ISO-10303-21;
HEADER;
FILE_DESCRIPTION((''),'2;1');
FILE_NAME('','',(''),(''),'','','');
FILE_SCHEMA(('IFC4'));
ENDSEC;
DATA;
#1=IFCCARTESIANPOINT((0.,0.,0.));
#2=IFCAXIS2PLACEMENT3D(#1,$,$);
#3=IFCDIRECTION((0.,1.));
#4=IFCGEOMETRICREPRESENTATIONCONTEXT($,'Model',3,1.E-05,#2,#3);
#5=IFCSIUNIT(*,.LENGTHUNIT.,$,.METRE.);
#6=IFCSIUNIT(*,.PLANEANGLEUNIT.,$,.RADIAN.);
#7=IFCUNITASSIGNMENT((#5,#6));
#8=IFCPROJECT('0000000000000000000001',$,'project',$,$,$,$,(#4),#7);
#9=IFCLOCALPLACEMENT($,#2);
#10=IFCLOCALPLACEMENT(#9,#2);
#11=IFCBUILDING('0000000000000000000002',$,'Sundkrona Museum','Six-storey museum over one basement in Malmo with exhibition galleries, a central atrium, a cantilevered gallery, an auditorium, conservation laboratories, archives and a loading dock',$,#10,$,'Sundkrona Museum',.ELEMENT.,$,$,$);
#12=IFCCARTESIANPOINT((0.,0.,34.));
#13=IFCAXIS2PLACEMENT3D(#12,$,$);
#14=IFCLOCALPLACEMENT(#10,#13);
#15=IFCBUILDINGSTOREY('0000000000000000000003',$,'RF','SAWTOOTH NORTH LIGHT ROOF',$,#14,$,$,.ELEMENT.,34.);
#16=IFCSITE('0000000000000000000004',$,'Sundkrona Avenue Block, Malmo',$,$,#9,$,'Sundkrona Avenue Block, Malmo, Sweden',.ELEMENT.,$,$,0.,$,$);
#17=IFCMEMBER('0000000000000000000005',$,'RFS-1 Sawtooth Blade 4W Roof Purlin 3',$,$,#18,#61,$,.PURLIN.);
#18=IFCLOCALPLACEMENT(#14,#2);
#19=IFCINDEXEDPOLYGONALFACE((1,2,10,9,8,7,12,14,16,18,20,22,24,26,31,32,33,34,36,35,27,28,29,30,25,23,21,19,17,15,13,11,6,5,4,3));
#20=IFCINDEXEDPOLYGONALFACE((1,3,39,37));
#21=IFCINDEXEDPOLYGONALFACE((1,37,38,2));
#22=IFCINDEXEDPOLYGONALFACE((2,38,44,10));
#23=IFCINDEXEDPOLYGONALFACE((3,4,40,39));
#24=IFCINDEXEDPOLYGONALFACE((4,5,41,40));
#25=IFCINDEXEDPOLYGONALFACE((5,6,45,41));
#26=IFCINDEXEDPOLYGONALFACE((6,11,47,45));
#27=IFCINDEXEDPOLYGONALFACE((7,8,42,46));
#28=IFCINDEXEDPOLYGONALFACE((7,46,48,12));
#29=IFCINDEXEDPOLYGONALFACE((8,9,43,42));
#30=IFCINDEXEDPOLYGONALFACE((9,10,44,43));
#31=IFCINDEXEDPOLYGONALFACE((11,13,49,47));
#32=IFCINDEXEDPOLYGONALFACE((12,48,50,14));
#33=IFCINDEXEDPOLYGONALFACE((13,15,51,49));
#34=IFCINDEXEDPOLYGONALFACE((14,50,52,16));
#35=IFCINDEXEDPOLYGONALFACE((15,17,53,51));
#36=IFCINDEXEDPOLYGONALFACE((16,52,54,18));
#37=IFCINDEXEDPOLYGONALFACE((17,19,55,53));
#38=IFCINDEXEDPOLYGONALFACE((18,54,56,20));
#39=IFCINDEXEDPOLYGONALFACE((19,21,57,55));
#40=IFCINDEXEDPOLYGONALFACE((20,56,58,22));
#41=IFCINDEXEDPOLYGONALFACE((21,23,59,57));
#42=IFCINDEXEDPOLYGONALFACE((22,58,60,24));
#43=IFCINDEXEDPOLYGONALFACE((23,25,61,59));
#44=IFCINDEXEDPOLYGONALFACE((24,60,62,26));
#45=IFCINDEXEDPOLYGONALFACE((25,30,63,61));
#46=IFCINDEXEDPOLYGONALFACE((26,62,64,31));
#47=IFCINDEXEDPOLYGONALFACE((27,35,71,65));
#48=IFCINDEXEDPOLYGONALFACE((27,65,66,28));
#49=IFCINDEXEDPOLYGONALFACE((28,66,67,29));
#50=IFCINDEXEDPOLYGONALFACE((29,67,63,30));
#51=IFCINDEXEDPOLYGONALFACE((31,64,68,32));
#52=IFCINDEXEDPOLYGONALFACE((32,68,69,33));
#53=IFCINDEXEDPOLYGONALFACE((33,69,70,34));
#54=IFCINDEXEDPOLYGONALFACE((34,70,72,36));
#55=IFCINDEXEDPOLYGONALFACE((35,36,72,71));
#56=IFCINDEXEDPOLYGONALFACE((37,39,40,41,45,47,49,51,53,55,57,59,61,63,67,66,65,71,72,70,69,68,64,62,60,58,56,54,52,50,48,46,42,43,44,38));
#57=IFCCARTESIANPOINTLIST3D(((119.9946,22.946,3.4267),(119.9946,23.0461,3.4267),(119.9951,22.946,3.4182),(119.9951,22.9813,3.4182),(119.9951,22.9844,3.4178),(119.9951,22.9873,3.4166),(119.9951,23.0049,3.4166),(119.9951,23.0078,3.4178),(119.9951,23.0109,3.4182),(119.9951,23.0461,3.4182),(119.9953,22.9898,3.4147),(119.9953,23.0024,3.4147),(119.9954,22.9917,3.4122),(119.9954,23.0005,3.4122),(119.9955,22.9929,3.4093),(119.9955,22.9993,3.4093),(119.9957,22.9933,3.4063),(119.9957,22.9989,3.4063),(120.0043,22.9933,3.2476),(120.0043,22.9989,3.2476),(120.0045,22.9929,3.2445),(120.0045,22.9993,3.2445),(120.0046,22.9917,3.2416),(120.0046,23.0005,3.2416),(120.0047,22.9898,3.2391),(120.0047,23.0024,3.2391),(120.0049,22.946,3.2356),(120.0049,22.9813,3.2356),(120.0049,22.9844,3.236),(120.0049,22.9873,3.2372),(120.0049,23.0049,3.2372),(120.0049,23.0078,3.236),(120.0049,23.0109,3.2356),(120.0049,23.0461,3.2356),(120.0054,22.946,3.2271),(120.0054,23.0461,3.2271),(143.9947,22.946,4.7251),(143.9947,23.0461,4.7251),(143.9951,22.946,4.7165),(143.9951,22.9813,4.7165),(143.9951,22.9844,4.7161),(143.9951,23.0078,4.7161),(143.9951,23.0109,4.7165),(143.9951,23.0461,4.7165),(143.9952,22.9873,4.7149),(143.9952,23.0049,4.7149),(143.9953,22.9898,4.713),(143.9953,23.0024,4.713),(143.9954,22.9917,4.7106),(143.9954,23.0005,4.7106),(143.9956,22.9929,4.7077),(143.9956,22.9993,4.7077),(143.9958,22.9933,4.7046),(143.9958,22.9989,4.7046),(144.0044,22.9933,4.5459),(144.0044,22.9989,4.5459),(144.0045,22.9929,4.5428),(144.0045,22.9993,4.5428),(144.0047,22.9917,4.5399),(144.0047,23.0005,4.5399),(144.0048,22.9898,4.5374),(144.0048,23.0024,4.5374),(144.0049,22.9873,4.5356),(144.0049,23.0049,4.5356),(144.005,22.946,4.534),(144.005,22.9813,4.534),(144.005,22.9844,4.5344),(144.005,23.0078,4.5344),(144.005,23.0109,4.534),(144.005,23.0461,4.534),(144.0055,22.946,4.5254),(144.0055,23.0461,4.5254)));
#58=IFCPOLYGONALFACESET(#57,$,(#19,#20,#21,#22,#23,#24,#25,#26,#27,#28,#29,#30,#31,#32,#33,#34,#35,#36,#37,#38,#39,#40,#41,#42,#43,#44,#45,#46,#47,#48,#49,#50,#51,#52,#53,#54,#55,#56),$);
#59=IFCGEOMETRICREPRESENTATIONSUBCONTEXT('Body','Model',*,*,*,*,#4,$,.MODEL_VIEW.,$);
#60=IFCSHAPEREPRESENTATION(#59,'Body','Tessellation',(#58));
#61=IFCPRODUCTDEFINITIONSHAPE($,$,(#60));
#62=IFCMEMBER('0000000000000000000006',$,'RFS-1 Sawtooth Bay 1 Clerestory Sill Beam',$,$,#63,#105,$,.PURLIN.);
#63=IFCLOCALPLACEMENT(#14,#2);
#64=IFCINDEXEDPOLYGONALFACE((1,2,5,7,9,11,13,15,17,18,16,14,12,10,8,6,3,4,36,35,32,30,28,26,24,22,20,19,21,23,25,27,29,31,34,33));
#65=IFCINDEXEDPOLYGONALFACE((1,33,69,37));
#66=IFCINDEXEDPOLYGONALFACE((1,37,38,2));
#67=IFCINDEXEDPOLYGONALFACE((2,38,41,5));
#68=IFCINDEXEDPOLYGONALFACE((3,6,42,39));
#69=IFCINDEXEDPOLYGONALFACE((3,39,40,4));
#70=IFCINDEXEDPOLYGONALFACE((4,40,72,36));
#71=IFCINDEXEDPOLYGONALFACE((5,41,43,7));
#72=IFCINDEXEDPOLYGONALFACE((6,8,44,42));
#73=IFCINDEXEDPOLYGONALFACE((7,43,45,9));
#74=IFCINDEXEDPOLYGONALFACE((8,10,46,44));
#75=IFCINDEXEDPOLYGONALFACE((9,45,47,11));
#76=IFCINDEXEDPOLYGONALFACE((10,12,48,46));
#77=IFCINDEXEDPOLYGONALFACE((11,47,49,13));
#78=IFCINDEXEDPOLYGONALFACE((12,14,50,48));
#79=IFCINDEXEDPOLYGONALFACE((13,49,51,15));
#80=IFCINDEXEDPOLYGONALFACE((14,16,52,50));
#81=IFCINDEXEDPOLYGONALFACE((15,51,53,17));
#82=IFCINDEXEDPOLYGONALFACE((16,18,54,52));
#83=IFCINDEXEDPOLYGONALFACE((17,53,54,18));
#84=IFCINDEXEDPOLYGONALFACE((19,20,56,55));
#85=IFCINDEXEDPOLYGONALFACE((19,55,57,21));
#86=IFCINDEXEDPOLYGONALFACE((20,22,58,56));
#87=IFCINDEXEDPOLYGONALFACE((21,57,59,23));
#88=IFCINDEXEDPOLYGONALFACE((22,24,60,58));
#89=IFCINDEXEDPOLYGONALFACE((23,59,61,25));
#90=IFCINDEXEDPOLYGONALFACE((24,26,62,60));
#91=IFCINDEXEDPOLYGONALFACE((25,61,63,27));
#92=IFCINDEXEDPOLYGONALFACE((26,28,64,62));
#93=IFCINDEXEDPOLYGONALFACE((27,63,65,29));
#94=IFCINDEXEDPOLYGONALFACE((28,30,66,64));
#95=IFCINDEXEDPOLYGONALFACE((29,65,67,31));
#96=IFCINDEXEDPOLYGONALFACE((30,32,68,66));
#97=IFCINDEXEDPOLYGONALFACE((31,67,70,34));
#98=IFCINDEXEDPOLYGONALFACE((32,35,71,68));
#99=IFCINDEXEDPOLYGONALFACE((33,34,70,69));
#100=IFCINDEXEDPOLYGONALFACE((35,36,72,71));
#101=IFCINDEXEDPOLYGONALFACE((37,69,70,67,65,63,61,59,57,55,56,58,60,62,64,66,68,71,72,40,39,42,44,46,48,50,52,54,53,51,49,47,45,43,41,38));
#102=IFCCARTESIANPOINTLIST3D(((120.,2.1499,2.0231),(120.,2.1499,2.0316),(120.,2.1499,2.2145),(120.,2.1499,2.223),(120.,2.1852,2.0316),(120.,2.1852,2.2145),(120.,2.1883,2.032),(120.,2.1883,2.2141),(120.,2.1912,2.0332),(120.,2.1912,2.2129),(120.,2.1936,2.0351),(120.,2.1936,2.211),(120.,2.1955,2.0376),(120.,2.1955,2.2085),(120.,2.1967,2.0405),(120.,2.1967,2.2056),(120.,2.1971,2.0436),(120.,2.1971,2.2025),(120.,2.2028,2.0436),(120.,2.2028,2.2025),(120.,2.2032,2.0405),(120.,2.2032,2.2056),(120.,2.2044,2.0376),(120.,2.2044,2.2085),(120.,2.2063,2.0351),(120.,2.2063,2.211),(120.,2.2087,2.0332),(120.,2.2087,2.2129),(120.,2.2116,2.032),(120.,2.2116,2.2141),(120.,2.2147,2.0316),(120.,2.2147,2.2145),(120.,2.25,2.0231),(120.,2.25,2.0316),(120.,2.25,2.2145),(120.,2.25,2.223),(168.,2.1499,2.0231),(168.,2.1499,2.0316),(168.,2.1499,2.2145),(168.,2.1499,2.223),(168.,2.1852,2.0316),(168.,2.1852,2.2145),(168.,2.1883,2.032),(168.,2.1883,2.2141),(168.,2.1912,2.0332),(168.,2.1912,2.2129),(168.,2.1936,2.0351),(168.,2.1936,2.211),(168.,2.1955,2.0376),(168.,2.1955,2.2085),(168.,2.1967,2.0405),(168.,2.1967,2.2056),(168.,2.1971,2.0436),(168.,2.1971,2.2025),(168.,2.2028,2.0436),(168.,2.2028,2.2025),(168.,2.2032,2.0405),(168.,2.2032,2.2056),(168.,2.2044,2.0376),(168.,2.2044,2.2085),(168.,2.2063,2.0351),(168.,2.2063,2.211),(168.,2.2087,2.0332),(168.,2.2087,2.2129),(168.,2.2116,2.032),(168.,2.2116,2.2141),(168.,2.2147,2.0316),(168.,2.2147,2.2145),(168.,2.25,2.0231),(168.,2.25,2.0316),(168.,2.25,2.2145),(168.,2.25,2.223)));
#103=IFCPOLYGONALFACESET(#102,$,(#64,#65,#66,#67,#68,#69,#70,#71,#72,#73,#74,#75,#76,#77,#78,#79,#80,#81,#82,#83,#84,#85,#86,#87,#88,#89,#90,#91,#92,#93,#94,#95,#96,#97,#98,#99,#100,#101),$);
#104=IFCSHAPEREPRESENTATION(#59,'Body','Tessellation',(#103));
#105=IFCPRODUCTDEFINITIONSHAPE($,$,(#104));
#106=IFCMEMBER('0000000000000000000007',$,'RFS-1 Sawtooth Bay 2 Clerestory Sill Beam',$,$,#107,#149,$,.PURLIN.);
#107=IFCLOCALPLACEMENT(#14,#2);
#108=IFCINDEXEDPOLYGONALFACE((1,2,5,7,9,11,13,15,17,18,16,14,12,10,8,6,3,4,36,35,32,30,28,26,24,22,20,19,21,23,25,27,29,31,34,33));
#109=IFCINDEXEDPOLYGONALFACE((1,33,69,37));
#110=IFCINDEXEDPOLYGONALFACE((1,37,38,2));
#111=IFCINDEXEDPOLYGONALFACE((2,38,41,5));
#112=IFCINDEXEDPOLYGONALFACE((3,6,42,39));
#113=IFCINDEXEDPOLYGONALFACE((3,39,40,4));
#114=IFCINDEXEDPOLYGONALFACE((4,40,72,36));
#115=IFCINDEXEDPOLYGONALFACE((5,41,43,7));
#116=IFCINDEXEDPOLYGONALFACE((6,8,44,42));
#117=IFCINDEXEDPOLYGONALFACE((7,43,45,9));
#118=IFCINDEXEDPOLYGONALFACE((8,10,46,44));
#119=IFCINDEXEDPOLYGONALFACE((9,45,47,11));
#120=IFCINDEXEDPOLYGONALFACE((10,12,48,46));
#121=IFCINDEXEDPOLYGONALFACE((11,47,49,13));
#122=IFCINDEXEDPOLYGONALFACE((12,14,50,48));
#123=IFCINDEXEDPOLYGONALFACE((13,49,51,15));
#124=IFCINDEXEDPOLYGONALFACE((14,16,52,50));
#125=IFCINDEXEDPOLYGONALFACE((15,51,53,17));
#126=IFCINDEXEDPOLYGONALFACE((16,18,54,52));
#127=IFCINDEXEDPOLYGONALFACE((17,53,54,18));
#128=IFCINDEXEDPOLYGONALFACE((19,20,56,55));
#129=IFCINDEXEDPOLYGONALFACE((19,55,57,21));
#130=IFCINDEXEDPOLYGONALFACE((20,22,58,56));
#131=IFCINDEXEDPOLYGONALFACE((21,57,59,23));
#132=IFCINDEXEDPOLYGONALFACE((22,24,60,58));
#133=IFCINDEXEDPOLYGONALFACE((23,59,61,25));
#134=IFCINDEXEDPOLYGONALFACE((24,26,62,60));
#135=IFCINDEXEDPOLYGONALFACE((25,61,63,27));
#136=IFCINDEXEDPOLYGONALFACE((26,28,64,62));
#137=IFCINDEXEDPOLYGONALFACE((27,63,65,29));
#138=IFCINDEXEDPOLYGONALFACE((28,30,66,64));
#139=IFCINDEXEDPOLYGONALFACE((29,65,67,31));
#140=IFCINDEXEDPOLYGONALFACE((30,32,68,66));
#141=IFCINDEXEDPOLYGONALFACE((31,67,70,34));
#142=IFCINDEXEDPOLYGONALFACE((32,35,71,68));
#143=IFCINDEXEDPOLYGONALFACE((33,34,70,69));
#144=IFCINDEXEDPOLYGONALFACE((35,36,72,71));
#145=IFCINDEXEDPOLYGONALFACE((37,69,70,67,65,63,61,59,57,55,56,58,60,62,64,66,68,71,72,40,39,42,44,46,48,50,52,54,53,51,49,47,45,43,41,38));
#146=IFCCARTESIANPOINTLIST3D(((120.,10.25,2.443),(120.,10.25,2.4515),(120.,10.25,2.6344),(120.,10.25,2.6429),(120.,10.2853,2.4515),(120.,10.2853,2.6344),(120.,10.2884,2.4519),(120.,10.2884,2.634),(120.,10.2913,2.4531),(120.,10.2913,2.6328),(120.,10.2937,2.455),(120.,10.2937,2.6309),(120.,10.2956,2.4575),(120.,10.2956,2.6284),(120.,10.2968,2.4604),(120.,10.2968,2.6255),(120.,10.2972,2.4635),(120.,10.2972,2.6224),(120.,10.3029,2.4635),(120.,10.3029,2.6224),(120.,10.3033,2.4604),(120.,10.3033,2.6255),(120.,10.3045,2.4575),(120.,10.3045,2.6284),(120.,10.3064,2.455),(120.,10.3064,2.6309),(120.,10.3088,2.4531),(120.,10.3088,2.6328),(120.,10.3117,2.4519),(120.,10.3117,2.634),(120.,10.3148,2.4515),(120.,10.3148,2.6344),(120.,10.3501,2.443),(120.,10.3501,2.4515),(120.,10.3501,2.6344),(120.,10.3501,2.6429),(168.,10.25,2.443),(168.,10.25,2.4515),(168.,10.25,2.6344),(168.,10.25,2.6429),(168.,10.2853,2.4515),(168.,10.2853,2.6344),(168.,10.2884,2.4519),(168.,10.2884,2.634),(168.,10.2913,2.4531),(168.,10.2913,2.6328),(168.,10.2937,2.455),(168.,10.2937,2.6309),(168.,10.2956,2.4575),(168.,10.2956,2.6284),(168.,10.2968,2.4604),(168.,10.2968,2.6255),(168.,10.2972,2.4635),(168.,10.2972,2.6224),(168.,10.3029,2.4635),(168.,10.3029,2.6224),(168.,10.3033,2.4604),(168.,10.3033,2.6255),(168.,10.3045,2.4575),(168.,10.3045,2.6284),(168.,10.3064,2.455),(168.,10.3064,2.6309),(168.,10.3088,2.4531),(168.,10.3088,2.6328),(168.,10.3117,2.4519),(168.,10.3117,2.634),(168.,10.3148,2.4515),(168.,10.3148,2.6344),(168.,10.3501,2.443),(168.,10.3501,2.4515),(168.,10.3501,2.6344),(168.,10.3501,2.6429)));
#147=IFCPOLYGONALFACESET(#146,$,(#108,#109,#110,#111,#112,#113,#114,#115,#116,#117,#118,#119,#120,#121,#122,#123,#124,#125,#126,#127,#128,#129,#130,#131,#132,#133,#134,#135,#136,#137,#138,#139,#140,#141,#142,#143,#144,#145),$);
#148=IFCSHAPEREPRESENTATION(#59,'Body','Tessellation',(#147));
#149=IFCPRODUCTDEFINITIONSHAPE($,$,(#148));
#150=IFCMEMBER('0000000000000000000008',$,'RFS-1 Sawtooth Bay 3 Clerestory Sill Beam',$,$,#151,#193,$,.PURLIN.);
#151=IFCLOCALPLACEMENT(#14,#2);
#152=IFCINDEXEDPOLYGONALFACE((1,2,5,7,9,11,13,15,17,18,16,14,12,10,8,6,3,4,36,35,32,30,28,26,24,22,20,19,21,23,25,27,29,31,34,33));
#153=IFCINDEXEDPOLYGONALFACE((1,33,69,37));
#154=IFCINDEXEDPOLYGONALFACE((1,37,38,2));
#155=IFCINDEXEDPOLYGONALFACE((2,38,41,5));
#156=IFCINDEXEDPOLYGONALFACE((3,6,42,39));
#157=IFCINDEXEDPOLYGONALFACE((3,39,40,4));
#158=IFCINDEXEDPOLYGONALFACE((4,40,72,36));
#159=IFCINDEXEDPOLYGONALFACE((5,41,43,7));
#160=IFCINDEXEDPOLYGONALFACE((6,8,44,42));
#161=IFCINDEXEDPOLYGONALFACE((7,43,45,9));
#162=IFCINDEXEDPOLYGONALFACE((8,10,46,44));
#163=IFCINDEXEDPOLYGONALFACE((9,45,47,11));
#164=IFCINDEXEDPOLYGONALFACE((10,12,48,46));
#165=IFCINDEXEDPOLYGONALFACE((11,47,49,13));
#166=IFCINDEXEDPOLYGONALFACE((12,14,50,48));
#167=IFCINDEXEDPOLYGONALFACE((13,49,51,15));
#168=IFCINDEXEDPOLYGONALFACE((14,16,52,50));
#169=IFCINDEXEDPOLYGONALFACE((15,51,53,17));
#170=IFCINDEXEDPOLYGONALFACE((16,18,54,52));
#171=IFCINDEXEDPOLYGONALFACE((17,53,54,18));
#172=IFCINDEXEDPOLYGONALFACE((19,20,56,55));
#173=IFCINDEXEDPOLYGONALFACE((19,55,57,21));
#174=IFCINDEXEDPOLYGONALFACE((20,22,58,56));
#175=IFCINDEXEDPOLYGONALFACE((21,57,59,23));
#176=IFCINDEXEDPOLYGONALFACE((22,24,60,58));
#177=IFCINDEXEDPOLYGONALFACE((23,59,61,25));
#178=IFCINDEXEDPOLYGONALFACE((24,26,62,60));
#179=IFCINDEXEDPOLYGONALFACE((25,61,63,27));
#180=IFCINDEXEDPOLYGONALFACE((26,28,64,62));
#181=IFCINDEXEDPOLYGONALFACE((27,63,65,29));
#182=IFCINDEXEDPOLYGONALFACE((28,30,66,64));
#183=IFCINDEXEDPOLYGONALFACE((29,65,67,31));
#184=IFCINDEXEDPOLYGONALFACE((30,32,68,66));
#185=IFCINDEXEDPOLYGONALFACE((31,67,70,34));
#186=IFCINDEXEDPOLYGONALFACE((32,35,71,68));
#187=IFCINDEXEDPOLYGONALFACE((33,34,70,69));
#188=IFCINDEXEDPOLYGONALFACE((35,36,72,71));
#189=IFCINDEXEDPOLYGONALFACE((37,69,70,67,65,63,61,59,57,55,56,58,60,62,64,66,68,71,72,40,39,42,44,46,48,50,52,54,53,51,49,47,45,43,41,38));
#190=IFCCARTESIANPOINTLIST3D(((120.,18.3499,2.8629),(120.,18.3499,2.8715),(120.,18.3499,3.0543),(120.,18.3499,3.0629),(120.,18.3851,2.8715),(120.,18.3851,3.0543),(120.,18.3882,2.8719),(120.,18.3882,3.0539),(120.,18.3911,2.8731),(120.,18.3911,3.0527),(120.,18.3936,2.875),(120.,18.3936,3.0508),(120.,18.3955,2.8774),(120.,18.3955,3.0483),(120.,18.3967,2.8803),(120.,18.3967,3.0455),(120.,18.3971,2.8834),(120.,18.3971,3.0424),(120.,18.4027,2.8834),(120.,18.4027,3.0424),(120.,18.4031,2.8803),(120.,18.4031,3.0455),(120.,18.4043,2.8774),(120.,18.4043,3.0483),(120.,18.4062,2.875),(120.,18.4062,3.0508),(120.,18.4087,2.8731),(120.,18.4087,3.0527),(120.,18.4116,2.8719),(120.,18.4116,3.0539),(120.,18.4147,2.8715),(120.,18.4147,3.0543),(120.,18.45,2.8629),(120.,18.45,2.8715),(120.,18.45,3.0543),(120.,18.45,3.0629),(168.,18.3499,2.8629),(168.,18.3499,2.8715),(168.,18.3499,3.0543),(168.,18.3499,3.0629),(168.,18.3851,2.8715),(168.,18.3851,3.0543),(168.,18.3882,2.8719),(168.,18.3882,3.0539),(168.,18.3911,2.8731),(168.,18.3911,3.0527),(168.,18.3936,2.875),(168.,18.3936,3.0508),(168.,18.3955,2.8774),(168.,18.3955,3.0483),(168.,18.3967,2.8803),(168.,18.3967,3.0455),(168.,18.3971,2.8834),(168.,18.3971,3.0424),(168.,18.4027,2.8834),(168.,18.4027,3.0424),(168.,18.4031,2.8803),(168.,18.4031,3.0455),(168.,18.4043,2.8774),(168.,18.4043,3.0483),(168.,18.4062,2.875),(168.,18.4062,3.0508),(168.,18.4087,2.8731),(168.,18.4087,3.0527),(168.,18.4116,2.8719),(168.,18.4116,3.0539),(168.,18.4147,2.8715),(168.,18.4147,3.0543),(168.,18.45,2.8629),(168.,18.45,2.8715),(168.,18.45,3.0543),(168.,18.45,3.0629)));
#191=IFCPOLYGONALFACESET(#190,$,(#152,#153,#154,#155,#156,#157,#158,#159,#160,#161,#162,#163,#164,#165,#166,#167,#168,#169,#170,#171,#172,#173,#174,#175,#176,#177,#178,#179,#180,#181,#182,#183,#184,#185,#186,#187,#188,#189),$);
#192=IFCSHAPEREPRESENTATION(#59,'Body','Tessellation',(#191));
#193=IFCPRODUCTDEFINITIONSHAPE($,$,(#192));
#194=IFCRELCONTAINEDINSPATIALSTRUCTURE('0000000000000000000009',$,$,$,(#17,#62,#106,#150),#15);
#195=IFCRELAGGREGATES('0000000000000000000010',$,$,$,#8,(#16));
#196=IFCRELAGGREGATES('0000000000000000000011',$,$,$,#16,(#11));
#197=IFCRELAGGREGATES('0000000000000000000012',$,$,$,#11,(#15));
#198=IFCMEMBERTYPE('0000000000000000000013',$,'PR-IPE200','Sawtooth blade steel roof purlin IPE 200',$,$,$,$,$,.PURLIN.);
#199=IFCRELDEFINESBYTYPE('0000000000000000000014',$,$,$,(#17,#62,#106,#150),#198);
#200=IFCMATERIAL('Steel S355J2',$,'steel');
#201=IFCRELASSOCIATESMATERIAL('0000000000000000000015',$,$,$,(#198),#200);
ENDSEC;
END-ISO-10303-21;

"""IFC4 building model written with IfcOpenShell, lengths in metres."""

from ifc_helpers import new_model, si_unit, direction, frame, origin, origin_2d, place, context, subcontext, project, spatial, i_section, extrude, material, material_profile, profile_set, type_object, element, save


model = new_model("IFC4")

# Units and contexts
model_context = context("Model", 3, precision=1e-05, world=origin(), true_north=direction((0.0, 1.0)))
body_context = subcontext(model_context, "Body", "Model", "MODEL_VIEW")
ifc_project = project(units=[si_unit("LENGTHUNIT", "METRE"), si_unit("PLANEANGLEUNIT", "RADIAN")], contexts=[model_context])

# Site, building, storey
site_placement = place(None, origin())
site = spatial("IfcSite", under=ifc_project, at=site_placement, Name="Sundkrona Avenue Block, Malmo", LongName="Sundkrona Avenue Block, Malmo, Sweden", CompositionType="ELEMENT", RefElevation=0.0)
building_placement = place(site_placement, origin())
building = spatial("IfcBuilding", under=site, at=building_placement, Name="Sundkrona Museum", Description="Six-storey museum over one basement in Malmo with exhibition galleries, a central atrium, a cantilevered gallery, an auditorium, conservation laboratories, archives and a loading dock", LongName="Sundkrona Museum", CompositionType="ELEMENT")
storey_placement = place(building_placement, frame((0.0, 0.0, 34.0)))
storey = spatial("IfcBuildingStorey", under=building, at=storey_placement, Name="RF", Description="SAWTOOTH NORTH LIGHT ROOF", CompositionType="ELEMENT", Elevation=34.0)

# Members
ifc_material_1 = material(Name="Steel S355J2", Category="steel")
ifc_material_profile_1 = material_profile(ifc_material_1, i_section(OverallWidth=0.1001, OverallDepth=0.2, WebThickness=0.0056, FlangeThickness=0.0085, FilletRadius=0.012, at=origin_2d()), Name="IPE 200")
ifc_profile_set_1 = profile_set([ifc_material_profile_1], Name="Steel S355J2")
member_type_1 = type_object("IfcMemberType", Name="PR-IPE200", Description="Sawtooth blade steel roof purlin IPE 200", PredefinedType="PURLIN", material=ifc_profile_set_1)
for number, where, z_axis, x_axis, name in (
    (1, (120.0, 22.9961, 3.3269), (0.99854, 0.0, 0.054019), (0.0, 1.0, 0.0), "RFS-1 Sawtooth Blade 4W Roof Purlin 3"),
):
    element("IfcMember", number, at=place(storey_placement, frame(where, z_axis=z_axis, x_axis=x_axis)), inside=storey, type_object=member_type_1, Name=name, PredefinedType="PURLIN", context=body_context, shape_type="SweptSolid", body=[
        extrude(i_section(OverallWidth=0.1001, OverallDepth=0.2, WebThickness=0.0056, FlangeThickness=0.0085, FilletRadius=0.012, at=origin_2d()), origin(), (0.0, 0.0, 1.0), 24.0352),
    ])
for number, where, z_axis, x_axis, name in (
    (2, (120.0, 2.2, 2.123), (1.0, 0.0, 0.0), (0.0, 1.0, 0.0), "RFS-1 Sawtooth Bay 1 Clerestory Sill Beam"),
    (3, (120.0, 10.3, 2.543), (1.0, 0.0, 0.0), (0.0, 1.0, 0.0), "RFS-1 Sawtooth Bay 2 Clerestory Sill Beam"),
    (4, (120.0, 18.3999, 2.9629), (1.0, 0.0, 0.0), (0.0, 1.0, 0.0), "RFS-1 Sawtooth Bay 3 Clerestory Sill Beam"),
):
    element("IfcMember", number, at=place(storey_placement, frame(where, z_axis=z_axis, x_axis=x_axis)), inside=storey, type_object=member_type_1, Name=name, PredefinedType="PURLIN", context=body_context, shape_type="SweptSolid", body=[
        extrude(i_section(OverallWidth=0.1001, OverallDepth=0.2, WebThickness=0.0056, FlangeThickness=0.0085, FilletRadius=0.012, at=origin_2d()), origin(), (0.0, 0.0, 1.0), 48.0),
    ])

save(model, "model.ifc")
